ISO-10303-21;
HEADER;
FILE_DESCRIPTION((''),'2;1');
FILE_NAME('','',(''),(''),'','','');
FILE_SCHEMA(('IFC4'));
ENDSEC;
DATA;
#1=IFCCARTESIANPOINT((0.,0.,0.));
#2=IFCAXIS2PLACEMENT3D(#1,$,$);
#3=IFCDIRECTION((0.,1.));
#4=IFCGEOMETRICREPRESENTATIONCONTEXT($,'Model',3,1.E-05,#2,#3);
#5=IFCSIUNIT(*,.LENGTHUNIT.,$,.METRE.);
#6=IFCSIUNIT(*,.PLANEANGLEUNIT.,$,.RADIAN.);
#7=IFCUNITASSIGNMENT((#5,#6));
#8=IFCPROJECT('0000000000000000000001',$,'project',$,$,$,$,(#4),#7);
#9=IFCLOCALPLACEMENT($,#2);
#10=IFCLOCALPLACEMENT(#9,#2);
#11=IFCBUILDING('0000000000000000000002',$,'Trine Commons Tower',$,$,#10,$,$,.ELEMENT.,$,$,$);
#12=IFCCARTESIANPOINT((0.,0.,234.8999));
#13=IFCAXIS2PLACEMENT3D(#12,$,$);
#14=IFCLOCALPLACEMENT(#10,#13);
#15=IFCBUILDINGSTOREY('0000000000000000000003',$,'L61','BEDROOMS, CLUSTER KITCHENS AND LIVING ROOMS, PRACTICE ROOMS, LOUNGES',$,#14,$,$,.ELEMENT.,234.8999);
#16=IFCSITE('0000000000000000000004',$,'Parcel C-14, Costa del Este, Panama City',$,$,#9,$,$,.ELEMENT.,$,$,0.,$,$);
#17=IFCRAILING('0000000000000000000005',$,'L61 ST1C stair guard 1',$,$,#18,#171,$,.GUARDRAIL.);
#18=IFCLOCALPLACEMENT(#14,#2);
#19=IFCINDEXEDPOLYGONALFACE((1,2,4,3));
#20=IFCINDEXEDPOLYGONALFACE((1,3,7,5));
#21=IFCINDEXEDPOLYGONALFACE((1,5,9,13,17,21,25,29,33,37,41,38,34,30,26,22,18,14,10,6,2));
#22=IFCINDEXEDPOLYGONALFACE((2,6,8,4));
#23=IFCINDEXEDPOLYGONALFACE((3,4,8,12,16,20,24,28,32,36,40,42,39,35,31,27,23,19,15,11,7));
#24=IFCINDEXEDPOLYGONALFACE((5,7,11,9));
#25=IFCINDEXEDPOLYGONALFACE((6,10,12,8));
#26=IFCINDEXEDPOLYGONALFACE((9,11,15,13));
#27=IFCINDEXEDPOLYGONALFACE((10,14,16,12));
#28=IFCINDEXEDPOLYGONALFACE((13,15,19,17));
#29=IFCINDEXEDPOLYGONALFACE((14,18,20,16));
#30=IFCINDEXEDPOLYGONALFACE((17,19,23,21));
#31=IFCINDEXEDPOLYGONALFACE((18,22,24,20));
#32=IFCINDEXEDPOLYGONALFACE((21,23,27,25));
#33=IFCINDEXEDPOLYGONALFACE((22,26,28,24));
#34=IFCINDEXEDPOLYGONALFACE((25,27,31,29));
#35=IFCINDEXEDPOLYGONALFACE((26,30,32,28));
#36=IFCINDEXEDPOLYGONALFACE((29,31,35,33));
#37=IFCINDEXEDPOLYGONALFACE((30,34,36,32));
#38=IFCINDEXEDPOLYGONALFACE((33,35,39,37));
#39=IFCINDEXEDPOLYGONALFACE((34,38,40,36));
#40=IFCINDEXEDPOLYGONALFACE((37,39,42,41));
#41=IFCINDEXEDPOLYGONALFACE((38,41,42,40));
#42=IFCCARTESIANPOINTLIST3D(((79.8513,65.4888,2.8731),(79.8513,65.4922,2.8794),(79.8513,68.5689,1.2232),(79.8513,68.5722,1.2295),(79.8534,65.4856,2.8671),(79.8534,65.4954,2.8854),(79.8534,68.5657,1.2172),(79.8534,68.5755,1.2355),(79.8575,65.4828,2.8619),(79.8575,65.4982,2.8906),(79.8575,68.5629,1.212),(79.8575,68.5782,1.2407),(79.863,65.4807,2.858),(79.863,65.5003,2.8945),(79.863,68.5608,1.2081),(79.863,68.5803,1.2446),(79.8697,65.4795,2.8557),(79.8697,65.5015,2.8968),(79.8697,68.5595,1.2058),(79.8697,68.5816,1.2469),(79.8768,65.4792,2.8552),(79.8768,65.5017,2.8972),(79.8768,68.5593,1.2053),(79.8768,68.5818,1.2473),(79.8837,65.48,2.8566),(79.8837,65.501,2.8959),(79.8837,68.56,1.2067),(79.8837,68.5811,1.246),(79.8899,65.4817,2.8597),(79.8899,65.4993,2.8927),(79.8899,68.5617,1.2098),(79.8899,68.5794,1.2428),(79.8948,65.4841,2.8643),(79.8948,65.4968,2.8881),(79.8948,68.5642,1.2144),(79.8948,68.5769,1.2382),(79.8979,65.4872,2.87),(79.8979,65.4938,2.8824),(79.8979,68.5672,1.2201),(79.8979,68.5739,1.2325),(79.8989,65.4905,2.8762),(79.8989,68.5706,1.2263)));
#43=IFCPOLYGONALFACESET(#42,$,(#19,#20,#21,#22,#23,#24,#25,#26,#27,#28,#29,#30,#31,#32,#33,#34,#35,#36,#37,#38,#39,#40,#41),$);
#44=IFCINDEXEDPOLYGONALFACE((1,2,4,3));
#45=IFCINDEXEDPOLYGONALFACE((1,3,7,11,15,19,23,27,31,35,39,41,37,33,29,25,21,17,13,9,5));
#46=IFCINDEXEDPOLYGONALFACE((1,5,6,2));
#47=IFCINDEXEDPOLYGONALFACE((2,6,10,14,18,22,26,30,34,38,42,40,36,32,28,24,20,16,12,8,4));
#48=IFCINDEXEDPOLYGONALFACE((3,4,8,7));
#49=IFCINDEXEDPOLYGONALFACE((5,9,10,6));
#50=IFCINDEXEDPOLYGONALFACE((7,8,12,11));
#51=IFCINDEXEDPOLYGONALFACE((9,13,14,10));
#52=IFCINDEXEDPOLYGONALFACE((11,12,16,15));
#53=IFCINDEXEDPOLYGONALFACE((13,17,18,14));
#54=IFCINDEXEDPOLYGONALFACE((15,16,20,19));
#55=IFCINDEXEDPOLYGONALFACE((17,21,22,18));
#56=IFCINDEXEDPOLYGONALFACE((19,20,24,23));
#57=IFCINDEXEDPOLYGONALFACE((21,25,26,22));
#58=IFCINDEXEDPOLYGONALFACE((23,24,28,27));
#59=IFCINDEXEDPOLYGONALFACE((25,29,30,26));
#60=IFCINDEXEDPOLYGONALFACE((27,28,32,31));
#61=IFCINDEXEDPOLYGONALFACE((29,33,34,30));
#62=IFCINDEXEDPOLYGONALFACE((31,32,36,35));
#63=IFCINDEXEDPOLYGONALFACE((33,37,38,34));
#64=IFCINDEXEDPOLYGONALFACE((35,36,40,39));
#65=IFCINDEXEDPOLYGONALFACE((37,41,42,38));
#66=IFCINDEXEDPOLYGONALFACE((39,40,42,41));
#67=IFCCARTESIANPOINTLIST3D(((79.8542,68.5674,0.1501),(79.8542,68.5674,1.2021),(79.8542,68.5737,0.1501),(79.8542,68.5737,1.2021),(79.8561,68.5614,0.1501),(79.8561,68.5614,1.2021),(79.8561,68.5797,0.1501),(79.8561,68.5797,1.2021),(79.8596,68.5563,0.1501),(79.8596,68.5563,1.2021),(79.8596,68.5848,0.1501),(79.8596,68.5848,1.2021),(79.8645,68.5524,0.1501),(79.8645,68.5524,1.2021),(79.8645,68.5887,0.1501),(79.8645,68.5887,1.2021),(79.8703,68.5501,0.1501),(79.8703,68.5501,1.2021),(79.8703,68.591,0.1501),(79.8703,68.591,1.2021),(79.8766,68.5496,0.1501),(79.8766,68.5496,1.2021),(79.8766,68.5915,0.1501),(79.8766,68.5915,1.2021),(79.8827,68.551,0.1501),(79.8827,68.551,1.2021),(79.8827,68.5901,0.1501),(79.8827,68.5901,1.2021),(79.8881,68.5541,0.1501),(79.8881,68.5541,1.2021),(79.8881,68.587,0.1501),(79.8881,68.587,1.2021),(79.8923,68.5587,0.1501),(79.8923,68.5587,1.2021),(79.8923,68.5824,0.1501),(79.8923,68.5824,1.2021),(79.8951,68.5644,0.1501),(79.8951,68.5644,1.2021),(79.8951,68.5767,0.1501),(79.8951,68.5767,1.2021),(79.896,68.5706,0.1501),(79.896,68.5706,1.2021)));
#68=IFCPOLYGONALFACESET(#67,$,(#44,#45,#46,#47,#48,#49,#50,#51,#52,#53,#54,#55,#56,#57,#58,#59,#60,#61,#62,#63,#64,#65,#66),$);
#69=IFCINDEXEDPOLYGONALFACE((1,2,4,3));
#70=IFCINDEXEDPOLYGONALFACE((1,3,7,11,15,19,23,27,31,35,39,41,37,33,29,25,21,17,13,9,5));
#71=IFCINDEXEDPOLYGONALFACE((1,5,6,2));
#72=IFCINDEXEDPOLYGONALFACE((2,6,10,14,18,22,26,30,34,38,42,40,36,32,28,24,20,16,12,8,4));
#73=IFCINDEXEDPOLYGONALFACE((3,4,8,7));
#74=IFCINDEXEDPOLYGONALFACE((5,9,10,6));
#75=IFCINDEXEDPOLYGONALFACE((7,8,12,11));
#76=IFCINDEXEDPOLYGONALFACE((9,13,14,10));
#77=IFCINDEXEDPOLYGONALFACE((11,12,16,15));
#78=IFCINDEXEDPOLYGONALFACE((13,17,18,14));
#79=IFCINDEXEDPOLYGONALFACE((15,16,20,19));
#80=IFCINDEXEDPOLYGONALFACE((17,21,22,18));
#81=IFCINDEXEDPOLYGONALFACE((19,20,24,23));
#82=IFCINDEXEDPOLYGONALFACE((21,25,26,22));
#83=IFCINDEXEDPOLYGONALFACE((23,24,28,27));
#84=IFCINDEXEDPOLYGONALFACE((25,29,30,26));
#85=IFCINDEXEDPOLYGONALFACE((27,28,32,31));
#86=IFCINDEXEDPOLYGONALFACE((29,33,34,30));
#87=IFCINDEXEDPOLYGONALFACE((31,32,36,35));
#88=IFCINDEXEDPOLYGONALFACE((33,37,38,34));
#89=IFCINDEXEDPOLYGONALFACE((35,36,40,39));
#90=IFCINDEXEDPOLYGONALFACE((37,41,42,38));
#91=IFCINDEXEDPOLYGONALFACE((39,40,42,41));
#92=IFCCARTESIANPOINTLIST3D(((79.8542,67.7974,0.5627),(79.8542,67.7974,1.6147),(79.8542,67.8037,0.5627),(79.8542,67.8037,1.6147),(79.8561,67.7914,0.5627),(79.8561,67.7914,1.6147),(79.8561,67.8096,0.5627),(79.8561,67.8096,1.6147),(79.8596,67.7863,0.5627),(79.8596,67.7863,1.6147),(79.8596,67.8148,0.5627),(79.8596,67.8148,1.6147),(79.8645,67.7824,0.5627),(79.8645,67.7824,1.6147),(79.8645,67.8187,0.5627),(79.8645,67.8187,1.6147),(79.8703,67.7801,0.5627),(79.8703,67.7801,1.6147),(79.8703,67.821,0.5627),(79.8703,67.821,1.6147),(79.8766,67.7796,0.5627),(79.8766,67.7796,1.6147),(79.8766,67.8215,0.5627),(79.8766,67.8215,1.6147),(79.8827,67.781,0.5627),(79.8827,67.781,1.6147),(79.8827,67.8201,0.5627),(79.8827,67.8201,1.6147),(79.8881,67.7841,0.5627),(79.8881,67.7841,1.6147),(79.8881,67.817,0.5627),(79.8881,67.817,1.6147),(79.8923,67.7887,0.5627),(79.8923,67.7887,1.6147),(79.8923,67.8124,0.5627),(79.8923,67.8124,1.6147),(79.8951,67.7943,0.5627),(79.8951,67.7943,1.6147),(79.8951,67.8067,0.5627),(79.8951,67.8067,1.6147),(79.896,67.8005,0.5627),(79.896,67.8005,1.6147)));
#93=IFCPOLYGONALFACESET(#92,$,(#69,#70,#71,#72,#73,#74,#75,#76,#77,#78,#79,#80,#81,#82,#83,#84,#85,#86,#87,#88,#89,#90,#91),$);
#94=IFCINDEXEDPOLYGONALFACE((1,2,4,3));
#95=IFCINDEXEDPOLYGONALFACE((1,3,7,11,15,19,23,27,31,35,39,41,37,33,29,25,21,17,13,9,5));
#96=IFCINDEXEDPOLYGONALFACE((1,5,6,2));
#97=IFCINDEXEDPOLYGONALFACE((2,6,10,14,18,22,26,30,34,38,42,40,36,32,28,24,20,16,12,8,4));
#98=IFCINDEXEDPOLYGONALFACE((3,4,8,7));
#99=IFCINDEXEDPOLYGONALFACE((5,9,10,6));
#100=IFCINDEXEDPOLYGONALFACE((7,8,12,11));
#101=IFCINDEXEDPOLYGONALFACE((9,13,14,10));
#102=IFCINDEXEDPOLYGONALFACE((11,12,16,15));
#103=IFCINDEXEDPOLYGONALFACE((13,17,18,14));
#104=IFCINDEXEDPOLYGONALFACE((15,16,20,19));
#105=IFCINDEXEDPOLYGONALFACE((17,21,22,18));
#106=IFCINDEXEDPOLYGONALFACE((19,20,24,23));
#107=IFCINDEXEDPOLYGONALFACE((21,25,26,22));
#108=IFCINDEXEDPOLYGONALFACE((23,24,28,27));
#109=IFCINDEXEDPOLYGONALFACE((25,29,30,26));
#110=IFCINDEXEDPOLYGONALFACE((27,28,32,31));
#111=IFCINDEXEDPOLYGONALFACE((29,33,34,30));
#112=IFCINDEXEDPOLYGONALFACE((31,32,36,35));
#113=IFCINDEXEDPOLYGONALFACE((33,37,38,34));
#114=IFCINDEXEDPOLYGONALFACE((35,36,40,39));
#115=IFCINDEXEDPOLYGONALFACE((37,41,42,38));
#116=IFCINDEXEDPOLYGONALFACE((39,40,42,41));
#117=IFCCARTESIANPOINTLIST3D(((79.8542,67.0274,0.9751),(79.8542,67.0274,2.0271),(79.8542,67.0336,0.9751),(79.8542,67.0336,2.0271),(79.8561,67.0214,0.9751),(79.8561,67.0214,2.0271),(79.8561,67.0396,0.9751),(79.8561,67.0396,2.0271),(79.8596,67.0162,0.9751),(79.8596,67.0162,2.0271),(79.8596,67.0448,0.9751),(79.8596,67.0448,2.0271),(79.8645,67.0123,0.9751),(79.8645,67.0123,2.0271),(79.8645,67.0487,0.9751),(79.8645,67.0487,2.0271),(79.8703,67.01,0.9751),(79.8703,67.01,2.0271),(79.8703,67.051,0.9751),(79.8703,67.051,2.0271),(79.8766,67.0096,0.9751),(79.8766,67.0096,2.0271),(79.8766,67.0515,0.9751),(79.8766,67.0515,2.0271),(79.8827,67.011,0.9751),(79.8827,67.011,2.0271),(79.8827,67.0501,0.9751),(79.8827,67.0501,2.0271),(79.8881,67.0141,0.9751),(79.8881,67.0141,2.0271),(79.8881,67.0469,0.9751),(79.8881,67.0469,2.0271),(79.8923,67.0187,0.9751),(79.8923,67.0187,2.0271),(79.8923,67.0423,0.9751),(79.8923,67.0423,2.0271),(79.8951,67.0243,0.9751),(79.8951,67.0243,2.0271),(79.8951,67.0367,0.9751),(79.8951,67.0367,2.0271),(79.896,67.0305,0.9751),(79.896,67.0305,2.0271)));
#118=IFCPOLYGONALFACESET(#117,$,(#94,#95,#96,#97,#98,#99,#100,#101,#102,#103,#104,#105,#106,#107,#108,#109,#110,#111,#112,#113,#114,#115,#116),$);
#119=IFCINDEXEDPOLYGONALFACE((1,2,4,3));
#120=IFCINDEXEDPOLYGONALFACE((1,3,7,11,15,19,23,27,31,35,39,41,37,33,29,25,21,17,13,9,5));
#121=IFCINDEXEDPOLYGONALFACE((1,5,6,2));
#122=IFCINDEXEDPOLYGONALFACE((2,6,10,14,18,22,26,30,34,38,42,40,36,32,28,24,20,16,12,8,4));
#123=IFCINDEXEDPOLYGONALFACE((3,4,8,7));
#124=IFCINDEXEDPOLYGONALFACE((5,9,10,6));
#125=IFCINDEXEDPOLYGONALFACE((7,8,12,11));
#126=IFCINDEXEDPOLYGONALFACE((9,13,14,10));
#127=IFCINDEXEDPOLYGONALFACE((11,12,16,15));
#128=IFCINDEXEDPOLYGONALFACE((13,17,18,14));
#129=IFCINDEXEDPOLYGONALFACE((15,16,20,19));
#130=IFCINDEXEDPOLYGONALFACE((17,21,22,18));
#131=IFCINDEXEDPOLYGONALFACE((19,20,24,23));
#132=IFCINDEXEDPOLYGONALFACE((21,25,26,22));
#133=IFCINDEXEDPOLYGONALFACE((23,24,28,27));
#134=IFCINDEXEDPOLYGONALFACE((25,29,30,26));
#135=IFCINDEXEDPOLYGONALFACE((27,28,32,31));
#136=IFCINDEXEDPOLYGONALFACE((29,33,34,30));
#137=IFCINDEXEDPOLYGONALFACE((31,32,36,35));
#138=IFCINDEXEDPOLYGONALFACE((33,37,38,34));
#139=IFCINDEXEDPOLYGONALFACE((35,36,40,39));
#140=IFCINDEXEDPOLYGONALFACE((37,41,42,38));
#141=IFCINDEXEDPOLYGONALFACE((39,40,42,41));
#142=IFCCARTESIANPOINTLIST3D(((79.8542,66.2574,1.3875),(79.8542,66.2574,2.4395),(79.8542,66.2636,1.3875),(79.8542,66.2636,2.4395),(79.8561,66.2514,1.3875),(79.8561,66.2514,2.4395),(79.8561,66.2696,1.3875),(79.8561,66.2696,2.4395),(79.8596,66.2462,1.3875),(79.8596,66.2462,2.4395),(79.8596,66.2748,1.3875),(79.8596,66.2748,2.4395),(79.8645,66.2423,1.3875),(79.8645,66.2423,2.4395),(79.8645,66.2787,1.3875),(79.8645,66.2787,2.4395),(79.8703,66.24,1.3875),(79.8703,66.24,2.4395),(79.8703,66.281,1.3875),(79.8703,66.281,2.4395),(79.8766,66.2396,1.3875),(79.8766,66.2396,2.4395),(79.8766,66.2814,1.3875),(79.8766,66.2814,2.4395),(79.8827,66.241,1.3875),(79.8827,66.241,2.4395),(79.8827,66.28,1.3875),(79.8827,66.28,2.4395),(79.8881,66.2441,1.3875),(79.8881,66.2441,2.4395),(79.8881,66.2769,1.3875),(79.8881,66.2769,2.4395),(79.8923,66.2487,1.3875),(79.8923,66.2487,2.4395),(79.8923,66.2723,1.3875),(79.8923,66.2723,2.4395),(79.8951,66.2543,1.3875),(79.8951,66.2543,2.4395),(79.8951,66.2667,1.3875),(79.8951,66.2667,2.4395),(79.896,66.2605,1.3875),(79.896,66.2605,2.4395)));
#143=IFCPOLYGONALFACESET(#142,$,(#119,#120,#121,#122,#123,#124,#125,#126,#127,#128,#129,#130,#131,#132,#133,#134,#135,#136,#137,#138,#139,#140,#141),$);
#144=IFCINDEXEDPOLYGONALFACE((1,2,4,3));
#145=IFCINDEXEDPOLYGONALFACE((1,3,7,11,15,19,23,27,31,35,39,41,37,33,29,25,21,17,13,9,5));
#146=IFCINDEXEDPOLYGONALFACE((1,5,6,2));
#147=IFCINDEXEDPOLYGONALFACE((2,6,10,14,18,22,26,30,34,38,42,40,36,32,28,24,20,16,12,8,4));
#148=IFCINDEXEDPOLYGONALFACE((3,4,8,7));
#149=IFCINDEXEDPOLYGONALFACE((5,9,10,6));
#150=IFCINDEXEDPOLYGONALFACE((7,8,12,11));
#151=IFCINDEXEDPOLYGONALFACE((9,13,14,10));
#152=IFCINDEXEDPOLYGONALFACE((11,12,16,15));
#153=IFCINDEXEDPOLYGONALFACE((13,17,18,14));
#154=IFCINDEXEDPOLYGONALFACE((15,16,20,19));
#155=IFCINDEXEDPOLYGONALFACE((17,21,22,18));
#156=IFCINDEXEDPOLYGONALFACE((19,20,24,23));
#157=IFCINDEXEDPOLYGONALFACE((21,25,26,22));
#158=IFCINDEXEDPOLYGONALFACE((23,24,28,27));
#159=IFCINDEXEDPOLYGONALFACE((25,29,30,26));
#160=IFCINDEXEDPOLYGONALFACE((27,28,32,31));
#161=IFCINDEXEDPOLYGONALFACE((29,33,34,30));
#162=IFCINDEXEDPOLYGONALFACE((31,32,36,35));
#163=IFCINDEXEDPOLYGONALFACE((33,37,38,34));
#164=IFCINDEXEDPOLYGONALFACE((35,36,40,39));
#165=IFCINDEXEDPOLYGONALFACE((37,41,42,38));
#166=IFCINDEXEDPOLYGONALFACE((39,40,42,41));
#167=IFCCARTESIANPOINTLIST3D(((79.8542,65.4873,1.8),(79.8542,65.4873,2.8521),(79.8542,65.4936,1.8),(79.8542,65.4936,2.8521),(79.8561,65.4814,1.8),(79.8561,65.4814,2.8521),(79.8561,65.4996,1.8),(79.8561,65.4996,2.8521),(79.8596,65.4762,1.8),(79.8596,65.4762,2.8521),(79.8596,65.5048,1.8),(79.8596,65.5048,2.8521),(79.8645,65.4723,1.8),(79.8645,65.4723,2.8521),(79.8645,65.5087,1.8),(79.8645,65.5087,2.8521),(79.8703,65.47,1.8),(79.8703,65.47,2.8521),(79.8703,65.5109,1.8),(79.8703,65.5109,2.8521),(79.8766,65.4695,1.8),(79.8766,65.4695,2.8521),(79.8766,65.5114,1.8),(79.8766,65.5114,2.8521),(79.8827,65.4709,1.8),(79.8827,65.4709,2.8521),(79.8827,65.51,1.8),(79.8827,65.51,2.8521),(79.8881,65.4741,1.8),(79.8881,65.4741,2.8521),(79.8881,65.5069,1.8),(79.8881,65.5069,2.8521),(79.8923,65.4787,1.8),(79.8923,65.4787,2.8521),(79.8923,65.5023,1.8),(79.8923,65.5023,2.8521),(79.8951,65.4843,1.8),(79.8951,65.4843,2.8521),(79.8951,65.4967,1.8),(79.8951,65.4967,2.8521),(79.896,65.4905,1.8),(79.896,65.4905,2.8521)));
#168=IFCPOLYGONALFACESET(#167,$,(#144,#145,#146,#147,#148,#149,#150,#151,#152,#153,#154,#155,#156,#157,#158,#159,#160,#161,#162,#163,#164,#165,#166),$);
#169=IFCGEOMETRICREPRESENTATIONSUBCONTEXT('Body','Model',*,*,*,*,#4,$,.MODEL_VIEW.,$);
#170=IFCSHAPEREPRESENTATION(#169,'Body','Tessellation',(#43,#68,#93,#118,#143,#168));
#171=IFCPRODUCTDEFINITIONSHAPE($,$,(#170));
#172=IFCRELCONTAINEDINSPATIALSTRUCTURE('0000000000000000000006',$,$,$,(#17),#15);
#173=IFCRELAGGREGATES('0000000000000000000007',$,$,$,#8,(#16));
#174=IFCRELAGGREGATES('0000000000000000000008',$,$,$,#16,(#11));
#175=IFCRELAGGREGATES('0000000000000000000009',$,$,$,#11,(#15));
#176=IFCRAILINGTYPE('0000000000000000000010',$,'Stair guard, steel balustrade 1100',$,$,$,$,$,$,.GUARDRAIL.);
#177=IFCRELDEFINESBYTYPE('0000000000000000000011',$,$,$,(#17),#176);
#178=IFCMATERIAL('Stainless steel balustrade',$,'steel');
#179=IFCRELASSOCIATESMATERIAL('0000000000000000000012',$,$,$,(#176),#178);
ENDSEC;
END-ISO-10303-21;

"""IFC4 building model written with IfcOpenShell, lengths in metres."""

from ifc_helpers import new_model, si_unit, direction, frame, origin, origin_2d, place, context, subcontext, project, spatial, circle, extrude, material, type_object, element, save


model = new_model("IFC4")

# Units and contexts
model_context = context("Model", 3, precision=1e-05, world=origin(), true_north=direction((0.0, 1.0)))
body_context = subcontext(model_context, "Body", "Model", "MODEL_VIEW")
ifc_project = project(units=[si_unit("LENGTHUNIT", "METRE"), si_unit("PLANEANGLEUNIT", "RADIAN")], contexts=[model_context])

# Site, building, storey
site_placement = place(None, origin())
site = spatial("IfcSite", under=ifc_project, at=site_placement, Name="Parcel C-14, Costa del Este, Panama City", CompositionType="ELEMENT", RefElevation=0.0)
building_placement = place(site_placement, origin())
building = spatial("IfcBuilding", under=site, at=building_placement, Name="Trine Commons Tower", CompositionType="ELEMENT")
storey_placement = place(building_placement, frame((0.0, 0.0, 234.8999)))
storey = spatial("IfcBuildingStorey", under=building, at=storey_placement, Name="L61", Description="BEDROOMS, CLUSTER KITCHENS AND LIVING ROOMS, PRACTICE ROOMS, LOUNGES", CompositionType="ELEMENT", Elevation=234.8999)

# Railing
ifc_material_1 = material(Name="Stainless steel balustrade", Category="steel")
railing_type_1 = type_object("IfcRailingType", Name="Stair guard, steel balustrade 1100", PredefinedType="GUARDRAIL", material=ifc_material_1)
railing_1_placement = place(storey_placement, frame((79.875, 68.5706, 0.1501)))
element("IfcRailing", 1, at=railing_1_placement, inside=storey, type_object=railing_type_1, Name="L61 ST1C stair guard 1", PredefinedType="GUARDRAIL", context=body_context, shape_type="SweptSolid", body=[
    extrude(circle(Radius=0.0239, at=origin_2d()), frame((0.0, 0.0, 1.0762), z_axis=(0.0, -0.881497, 0.47219), x_axis=(1.0, 0.0, 0.0)), (0.0, 0.0, 1.0), 3.4941),
    extrude(circle(Radius=0.021, at=origin_2d()), origin(), (0.0, 0.0, 1.0), 1.052),
    extrude(circle(Radius=0.021, at=origin_2d()), frame((0.0, -0.77, 0.4126)), (0.0, 0.0, 1.0), 1.052),
    extrude(circle(Radius=0.021, at=origin_2d()), frame((0.0, -1.54, 0.825)), (0.0, 0.0, 1.0), 1.052),
    extrude(circle(Radius=0.021, at=origin_2d()), frame((0.0, -2.3101, 1.2373)), (0.0, 0.0, 1.0), 1.052),
    extrude(circle(Radius=0.021, at=origin_2d()), frame((0.0, -3.0801, 1.6499)), (0.0, 0.0, 1.0), 1.052),
])

save(model, "model.ifc")
